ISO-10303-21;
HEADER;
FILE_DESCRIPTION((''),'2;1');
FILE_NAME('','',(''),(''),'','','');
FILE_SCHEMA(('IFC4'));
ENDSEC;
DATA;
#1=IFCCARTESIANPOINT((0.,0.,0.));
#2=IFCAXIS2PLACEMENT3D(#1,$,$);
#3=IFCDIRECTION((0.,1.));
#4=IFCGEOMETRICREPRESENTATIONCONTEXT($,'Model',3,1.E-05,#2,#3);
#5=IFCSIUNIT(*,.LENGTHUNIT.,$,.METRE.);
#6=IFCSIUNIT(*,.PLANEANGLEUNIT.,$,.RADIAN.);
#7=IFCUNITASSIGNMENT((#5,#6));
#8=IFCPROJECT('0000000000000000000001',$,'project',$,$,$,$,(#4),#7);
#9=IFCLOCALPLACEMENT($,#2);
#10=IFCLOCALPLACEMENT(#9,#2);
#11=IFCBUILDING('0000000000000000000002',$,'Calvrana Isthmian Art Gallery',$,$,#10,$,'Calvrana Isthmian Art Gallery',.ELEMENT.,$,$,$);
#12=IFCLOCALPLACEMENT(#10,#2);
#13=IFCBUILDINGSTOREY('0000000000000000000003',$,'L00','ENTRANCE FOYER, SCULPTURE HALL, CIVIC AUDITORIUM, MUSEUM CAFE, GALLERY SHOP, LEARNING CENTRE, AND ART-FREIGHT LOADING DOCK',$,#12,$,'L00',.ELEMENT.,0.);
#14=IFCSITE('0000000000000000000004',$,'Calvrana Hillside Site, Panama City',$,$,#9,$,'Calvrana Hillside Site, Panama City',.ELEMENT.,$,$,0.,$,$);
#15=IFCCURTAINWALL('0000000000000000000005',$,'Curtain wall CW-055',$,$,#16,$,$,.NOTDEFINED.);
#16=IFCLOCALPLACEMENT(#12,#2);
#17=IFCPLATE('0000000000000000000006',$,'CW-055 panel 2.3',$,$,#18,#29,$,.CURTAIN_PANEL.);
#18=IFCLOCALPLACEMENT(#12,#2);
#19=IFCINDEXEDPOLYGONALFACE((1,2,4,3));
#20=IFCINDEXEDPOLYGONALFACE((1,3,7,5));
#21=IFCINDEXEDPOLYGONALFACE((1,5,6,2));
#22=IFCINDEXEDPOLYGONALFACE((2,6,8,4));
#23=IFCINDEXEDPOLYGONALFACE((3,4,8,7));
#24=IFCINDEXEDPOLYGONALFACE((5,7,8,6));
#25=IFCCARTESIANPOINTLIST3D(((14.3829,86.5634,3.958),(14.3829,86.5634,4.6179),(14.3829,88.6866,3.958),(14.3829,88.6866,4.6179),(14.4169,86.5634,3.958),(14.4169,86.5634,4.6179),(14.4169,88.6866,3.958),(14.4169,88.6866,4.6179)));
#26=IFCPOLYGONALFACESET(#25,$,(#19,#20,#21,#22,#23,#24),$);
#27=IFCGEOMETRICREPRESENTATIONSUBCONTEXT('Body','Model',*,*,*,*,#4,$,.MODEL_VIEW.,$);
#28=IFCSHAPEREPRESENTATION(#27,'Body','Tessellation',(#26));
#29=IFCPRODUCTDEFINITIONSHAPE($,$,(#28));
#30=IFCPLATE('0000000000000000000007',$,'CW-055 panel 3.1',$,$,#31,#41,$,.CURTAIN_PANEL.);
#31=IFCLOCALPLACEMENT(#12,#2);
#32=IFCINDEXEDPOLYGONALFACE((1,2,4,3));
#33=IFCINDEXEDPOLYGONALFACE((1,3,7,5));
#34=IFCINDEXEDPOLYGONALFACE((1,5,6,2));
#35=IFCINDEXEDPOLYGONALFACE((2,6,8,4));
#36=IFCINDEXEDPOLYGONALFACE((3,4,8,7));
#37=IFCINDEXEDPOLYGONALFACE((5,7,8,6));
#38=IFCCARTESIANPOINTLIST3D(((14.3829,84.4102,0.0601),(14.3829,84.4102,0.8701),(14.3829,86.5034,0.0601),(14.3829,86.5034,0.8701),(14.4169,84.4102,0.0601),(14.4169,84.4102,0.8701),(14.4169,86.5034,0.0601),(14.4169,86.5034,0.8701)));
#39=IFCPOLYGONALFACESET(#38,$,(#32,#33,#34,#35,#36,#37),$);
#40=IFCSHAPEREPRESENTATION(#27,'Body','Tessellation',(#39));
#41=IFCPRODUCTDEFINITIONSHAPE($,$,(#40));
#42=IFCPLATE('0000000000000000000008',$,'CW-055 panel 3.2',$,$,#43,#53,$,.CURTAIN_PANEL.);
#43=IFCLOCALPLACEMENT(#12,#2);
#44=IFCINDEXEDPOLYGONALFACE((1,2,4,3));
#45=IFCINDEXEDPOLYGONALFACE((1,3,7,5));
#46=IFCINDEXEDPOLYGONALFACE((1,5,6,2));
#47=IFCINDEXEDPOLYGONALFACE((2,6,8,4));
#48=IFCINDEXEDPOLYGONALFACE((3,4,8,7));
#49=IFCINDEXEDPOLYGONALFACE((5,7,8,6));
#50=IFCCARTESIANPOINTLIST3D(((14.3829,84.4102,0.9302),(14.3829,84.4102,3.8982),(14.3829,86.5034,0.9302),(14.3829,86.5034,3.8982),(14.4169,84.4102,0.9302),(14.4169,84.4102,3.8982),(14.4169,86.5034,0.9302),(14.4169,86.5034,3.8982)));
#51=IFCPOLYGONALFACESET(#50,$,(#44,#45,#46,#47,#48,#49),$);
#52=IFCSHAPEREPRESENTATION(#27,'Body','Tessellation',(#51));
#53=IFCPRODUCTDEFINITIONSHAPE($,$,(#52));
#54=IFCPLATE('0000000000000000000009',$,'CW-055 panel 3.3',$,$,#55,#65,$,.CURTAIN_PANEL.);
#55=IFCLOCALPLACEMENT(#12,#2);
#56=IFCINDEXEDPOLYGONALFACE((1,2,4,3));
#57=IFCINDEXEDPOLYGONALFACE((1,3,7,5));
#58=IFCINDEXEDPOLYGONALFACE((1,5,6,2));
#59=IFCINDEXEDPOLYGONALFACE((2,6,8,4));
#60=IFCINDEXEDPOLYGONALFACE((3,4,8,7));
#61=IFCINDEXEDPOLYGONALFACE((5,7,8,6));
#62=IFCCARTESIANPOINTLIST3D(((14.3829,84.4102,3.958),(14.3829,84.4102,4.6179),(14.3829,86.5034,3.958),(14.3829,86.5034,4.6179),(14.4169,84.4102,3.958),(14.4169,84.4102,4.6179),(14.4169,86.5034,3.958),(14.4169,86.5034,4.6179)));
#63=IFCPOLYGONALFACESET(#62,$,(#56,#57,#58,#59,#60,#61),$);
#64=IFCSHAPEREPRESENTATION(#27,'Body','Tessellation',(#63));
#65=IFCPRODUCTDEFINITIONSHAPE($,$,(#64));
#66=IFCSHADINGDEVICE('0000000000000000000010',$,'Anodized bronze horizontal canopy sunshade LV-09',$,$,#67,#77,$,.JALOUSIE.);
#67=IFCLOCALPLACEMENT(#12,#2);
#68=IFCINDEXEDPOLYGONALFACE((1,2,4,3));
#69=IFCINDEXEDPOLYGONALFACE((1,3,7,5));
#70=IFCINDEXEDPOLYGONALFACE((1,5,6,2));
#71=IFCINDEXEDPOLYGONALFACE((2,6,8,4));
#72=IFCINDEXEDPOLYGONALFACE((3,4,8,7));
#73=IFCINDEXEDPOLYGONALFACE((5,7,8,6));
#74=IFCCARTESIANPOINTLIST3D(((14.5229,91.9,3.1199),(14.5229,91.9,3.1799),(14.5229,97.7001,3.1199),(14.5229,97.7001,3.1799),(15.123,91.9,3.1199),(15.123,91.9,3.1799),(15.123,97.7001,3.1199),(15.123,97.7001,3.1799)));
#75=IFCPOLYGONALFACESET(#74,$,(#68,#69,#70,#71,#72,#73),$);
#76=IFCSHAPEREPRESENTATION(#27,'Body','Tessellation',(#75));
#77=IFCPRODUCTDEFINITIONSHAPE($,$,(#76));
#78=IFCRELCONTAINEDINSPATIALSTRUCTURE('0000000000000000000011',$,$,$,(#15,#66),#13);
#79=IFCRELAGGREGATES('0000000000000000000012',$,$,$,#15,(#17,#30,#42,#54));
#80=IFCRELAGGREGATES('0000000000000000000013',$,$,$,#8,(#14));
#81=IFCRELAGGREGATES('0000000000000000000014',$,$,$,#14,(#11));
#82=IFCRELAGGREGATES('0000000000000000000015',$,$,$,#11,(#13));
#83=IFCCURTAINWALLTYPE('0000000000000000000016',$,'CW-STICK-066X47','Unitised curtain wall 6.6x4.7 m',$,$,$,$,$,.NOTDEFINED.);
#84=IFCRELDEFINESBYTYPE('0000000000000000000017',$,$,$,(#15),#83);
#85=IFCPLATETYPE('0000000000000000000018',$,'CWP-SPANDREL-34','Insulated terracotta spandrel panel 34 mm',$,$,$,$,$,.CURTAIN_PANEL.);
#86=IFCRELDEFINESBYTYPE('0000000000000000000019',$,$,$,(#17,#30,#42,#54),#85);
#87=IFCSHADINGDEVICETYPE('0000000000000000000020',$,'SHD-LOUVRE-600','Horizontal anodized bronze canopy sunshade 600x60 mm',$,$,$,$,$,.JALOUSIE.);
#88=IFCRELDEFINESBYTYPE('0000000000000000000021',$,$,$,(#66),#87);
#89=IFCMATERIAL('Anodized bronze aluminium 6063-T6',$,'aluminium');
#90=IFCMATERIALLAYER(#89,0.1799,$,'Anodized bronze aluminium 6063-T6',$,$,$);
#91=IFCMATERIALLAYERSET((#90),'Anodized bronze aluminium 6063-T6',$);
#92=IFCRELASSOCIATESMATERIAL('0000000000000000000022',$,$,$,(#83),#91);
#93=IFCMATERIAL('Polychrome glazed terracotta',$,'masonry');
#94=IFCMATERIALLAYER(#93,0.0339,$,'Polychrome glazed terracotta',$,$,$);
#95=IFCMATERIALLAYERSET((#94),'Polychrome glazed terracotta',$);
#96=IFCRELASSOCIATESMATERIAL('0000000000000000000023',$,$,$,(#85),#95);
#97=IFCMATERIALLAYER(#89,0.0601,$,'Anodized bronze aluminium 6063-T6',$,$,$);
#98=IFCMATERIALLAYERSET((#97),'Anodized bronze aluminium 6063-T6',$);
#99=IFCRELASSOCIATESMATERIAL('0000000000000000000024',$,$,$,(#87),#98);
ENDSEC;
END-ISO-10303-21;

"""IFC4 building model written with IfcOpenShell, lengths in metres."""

from ifc_helpers import new_model, si_unit, direction, frame, origin, origin_2d, place, context, subcontext, project, spatial, rectangle, extrude, material, layer, layer_set, type_object, element, aggregate, save


model = new_model("IFC4")

# Units and contexts
model_context = context("Model", 3, precision=1e-05, world=origin(), true_north=direction((0.0, 1.0)))
body_context = subcontext(model_context, "Body", "Model", "MODEL_VIEW")
ifc_project = project(units=[si_unit("LENGTHUNIT", "METRE"), si_unit("PLANEANGLEUNIT", "RADIAN")], contexts=[model_context])

# Site, building, storey
site_placement = place(None, origin())
site = spatial("IfcSite", under=ifc_project, at=site_placement, Name="Calvrana Hillside Site, Panama City", LongName="Calvrana Hillside Site, Panama City", CompositionType="ELEMENT", RefElevation=0.0)
building_placement = place(site_placement, origin())
building = spatial("IfcBuilding", under=site, at=building_placement, Name="Calvrana Isthmian Art Gallery", LongName="Calvrana Isthmian Art Gallery", CompositionType="ELEMENT")
storey_placement = place(building_placement, origin())
storey = spatial("IfcBuildingStorey", under=building, at=storey_placement, Name="L00", Description="ENTRANCE FOYER, SCULPTURE HALL, CIVIC AUDITORIUM, MUSEUM CAFE, GALLERY SHOP, LEARNING CENTRE, AND ART-FREIGHT LOADING DOCK", LongName="L00", CompositionType="ELEMENT", Elevation=0.0)

# Shared definitions
ifc_material_1 = material(Name="Anodized bronze aluminium 6063-T6", Category="aluminium")

# Curtain wall
ifc_layer_1 = layer(ifc_material_1, 0.1799, Name="Anodized bronze aluminium 6063-T6")
ifc_layer_set_1 = layer_set([ifc_layer_1], Name="Anodized bronze aluminium 6063-T6")
curtain_wall_type_1 = type_object("IfcCurtainWallType", Name="CW-STICK-066X47", Description="Unitised curtain wall 6.6x4.7 m", PredefinedType="NOTDEFINED", material=ifc_layer_set_1)
curtain_wall_1_placement = place(storey_placement, origin())
curtain_wall_1 = element("IfcCurtainWall", 1, at=curtain_wall_1_placement, inside=storey, type_object=curtain_wall_type_1, Name="Curtain wall CW-055", PredefinedType="NOTDEFINED")

# Plates
ifc_material_2 = material(Name="Polychrome glazed terracotta", Category="masonry")
ifc_layer_2 = layer(ifc_material_2, 0.0339, Name="Polychrome glazed terracotta")
ifc_layer_set_2 = layer_set([ifc_layer_2], Name="Polychrome glazed terracotta")
plate_type = type_object("IfcPlateType", Name="CWP-SPANDREL-34", Description="Insulated terracotta spandrel panel 34 mm", PredefinedType="CURTAIN_PANEL", material=ifc_layer_set_2)
plate_1_placement = place(storey_placement, frame((14.3999, 87.625, 3.958), z_axis=(0.0, 0.0, 1.0), x_axis=(0.0, -1.0, 0.0)))
plate_1 = element("IfcPlate", 2, at=plate_1_placement, type_object=plate_type, Name="CW-055 panel 2.3", PredefinedType="CURTAIN_PANEL", context=body_context, shape_type="SweptSolid", body=[
    extrude(rectangle(XDim=2.1233, YDim=0.0339, at=origin_2d()), origin(), (0.0, 0.0, 1.0), 0.6599),
])
plate_2_placement = place(storey_placement, frame((14.3999, 85.4568, 0.0601), z_axis=(0.0, 0.0, 1.0), x_axis=(0.0, -1.0, 0.0)))
plate_2 = element("IfcPlate", 3, at=plate_2_placement, type_object=plate_type, Name="CW-055 panel 3.1", PredefinedType="CURTAIN_PANEL", context=body_context, shape_type="SweptSolid", body=[
    extrude(rectangle(XDim=2.0933, YDim=0.0339, at=origin_2d()), origin(), (0.0, 0.0, 1.0), 0.8101),
])
plate_3_placement = place(storey_placement, frame((14.3999, 85.4568, 0.9302), z_axis=(0.0, 0.0, 1.0), x_axis=(0.0, -1.0, 0.0)))
plate_3 = element("IfcPlate", 4, at=plate_3_placement, type_object=plate_type, Name="CW-055 panel 3.2", PredefinedType="CURTAIN_PANEL", context=body_context, shape_type="SweptSolid", body=[
    extrude(rectangle(XDim=2.0933, YDim=0.0339, at=origin_2d()), origin(), (0.0, 0.0, 1.0), 2.968),
])
plate_4_placement = place(storey_placement, frame((14.3999, 85.4568, 3.958), z_axis=(0.0, 0.0, 1.0), x_axis=(0.0, -1.0, 0.0)))
plate_4 = element("IfcPlate", 5, at=plate_4_placement, type_object=plate_type, Name="CW-055 panel 3.3", PredefinedType="CURTAIN_PANEL", context=body_context, shape_type="SweptSolid", body=[
    extrude(rectangle(XDim=2.0933, YDim=0.0339, at=origin_2d()), origin(), (0.0, 0.0, 1.0), 0.6599),
])
aggregate(curtain_wall_1, [plate_1, plate_2, plate_3, plate_4])

# Shading device
ifc_layer_3 = layer(ifc_material_1, 0.0601, Name="Anodized bronze aluminium 6063-T6")
ifc_layer_set_3 = layer_set([ifc_layer_3], Name="Anodized bronze aluminium 6063-T6")
shading_device_type = type_object("IfcShadingDeviceType", Name="SHD-LOUVRE-600", Description="Horizontal anodized bronze canopy sunshade 600x60 mm", PredefinedType="JALOUSIE", material=ifc_layer_set_3)
shading_device_placement = place(storey_placement, frame((14.823, 94.8, 3.1199), z_axis=(0.0, 0.0, 1.0), x_axis=(0.0, -1.0, 0.0)))
element("IfcShadingDevice", 6, at=shading_device_placement, inside=storey, type_object=shading_device_type, Name="Anodized bronze horizontal canopy sunshade LV-09", PredefinedType="JALOUSIE", context=body_context, shape_type="SweptSolid", body=[
    extrude(rectangle(XDim=5.8, YDim=0.6001, at=origin_2d()), origin(), (0.0, 0.0, 1.0), 0.0601),
])

save(model, "model.ifc")
